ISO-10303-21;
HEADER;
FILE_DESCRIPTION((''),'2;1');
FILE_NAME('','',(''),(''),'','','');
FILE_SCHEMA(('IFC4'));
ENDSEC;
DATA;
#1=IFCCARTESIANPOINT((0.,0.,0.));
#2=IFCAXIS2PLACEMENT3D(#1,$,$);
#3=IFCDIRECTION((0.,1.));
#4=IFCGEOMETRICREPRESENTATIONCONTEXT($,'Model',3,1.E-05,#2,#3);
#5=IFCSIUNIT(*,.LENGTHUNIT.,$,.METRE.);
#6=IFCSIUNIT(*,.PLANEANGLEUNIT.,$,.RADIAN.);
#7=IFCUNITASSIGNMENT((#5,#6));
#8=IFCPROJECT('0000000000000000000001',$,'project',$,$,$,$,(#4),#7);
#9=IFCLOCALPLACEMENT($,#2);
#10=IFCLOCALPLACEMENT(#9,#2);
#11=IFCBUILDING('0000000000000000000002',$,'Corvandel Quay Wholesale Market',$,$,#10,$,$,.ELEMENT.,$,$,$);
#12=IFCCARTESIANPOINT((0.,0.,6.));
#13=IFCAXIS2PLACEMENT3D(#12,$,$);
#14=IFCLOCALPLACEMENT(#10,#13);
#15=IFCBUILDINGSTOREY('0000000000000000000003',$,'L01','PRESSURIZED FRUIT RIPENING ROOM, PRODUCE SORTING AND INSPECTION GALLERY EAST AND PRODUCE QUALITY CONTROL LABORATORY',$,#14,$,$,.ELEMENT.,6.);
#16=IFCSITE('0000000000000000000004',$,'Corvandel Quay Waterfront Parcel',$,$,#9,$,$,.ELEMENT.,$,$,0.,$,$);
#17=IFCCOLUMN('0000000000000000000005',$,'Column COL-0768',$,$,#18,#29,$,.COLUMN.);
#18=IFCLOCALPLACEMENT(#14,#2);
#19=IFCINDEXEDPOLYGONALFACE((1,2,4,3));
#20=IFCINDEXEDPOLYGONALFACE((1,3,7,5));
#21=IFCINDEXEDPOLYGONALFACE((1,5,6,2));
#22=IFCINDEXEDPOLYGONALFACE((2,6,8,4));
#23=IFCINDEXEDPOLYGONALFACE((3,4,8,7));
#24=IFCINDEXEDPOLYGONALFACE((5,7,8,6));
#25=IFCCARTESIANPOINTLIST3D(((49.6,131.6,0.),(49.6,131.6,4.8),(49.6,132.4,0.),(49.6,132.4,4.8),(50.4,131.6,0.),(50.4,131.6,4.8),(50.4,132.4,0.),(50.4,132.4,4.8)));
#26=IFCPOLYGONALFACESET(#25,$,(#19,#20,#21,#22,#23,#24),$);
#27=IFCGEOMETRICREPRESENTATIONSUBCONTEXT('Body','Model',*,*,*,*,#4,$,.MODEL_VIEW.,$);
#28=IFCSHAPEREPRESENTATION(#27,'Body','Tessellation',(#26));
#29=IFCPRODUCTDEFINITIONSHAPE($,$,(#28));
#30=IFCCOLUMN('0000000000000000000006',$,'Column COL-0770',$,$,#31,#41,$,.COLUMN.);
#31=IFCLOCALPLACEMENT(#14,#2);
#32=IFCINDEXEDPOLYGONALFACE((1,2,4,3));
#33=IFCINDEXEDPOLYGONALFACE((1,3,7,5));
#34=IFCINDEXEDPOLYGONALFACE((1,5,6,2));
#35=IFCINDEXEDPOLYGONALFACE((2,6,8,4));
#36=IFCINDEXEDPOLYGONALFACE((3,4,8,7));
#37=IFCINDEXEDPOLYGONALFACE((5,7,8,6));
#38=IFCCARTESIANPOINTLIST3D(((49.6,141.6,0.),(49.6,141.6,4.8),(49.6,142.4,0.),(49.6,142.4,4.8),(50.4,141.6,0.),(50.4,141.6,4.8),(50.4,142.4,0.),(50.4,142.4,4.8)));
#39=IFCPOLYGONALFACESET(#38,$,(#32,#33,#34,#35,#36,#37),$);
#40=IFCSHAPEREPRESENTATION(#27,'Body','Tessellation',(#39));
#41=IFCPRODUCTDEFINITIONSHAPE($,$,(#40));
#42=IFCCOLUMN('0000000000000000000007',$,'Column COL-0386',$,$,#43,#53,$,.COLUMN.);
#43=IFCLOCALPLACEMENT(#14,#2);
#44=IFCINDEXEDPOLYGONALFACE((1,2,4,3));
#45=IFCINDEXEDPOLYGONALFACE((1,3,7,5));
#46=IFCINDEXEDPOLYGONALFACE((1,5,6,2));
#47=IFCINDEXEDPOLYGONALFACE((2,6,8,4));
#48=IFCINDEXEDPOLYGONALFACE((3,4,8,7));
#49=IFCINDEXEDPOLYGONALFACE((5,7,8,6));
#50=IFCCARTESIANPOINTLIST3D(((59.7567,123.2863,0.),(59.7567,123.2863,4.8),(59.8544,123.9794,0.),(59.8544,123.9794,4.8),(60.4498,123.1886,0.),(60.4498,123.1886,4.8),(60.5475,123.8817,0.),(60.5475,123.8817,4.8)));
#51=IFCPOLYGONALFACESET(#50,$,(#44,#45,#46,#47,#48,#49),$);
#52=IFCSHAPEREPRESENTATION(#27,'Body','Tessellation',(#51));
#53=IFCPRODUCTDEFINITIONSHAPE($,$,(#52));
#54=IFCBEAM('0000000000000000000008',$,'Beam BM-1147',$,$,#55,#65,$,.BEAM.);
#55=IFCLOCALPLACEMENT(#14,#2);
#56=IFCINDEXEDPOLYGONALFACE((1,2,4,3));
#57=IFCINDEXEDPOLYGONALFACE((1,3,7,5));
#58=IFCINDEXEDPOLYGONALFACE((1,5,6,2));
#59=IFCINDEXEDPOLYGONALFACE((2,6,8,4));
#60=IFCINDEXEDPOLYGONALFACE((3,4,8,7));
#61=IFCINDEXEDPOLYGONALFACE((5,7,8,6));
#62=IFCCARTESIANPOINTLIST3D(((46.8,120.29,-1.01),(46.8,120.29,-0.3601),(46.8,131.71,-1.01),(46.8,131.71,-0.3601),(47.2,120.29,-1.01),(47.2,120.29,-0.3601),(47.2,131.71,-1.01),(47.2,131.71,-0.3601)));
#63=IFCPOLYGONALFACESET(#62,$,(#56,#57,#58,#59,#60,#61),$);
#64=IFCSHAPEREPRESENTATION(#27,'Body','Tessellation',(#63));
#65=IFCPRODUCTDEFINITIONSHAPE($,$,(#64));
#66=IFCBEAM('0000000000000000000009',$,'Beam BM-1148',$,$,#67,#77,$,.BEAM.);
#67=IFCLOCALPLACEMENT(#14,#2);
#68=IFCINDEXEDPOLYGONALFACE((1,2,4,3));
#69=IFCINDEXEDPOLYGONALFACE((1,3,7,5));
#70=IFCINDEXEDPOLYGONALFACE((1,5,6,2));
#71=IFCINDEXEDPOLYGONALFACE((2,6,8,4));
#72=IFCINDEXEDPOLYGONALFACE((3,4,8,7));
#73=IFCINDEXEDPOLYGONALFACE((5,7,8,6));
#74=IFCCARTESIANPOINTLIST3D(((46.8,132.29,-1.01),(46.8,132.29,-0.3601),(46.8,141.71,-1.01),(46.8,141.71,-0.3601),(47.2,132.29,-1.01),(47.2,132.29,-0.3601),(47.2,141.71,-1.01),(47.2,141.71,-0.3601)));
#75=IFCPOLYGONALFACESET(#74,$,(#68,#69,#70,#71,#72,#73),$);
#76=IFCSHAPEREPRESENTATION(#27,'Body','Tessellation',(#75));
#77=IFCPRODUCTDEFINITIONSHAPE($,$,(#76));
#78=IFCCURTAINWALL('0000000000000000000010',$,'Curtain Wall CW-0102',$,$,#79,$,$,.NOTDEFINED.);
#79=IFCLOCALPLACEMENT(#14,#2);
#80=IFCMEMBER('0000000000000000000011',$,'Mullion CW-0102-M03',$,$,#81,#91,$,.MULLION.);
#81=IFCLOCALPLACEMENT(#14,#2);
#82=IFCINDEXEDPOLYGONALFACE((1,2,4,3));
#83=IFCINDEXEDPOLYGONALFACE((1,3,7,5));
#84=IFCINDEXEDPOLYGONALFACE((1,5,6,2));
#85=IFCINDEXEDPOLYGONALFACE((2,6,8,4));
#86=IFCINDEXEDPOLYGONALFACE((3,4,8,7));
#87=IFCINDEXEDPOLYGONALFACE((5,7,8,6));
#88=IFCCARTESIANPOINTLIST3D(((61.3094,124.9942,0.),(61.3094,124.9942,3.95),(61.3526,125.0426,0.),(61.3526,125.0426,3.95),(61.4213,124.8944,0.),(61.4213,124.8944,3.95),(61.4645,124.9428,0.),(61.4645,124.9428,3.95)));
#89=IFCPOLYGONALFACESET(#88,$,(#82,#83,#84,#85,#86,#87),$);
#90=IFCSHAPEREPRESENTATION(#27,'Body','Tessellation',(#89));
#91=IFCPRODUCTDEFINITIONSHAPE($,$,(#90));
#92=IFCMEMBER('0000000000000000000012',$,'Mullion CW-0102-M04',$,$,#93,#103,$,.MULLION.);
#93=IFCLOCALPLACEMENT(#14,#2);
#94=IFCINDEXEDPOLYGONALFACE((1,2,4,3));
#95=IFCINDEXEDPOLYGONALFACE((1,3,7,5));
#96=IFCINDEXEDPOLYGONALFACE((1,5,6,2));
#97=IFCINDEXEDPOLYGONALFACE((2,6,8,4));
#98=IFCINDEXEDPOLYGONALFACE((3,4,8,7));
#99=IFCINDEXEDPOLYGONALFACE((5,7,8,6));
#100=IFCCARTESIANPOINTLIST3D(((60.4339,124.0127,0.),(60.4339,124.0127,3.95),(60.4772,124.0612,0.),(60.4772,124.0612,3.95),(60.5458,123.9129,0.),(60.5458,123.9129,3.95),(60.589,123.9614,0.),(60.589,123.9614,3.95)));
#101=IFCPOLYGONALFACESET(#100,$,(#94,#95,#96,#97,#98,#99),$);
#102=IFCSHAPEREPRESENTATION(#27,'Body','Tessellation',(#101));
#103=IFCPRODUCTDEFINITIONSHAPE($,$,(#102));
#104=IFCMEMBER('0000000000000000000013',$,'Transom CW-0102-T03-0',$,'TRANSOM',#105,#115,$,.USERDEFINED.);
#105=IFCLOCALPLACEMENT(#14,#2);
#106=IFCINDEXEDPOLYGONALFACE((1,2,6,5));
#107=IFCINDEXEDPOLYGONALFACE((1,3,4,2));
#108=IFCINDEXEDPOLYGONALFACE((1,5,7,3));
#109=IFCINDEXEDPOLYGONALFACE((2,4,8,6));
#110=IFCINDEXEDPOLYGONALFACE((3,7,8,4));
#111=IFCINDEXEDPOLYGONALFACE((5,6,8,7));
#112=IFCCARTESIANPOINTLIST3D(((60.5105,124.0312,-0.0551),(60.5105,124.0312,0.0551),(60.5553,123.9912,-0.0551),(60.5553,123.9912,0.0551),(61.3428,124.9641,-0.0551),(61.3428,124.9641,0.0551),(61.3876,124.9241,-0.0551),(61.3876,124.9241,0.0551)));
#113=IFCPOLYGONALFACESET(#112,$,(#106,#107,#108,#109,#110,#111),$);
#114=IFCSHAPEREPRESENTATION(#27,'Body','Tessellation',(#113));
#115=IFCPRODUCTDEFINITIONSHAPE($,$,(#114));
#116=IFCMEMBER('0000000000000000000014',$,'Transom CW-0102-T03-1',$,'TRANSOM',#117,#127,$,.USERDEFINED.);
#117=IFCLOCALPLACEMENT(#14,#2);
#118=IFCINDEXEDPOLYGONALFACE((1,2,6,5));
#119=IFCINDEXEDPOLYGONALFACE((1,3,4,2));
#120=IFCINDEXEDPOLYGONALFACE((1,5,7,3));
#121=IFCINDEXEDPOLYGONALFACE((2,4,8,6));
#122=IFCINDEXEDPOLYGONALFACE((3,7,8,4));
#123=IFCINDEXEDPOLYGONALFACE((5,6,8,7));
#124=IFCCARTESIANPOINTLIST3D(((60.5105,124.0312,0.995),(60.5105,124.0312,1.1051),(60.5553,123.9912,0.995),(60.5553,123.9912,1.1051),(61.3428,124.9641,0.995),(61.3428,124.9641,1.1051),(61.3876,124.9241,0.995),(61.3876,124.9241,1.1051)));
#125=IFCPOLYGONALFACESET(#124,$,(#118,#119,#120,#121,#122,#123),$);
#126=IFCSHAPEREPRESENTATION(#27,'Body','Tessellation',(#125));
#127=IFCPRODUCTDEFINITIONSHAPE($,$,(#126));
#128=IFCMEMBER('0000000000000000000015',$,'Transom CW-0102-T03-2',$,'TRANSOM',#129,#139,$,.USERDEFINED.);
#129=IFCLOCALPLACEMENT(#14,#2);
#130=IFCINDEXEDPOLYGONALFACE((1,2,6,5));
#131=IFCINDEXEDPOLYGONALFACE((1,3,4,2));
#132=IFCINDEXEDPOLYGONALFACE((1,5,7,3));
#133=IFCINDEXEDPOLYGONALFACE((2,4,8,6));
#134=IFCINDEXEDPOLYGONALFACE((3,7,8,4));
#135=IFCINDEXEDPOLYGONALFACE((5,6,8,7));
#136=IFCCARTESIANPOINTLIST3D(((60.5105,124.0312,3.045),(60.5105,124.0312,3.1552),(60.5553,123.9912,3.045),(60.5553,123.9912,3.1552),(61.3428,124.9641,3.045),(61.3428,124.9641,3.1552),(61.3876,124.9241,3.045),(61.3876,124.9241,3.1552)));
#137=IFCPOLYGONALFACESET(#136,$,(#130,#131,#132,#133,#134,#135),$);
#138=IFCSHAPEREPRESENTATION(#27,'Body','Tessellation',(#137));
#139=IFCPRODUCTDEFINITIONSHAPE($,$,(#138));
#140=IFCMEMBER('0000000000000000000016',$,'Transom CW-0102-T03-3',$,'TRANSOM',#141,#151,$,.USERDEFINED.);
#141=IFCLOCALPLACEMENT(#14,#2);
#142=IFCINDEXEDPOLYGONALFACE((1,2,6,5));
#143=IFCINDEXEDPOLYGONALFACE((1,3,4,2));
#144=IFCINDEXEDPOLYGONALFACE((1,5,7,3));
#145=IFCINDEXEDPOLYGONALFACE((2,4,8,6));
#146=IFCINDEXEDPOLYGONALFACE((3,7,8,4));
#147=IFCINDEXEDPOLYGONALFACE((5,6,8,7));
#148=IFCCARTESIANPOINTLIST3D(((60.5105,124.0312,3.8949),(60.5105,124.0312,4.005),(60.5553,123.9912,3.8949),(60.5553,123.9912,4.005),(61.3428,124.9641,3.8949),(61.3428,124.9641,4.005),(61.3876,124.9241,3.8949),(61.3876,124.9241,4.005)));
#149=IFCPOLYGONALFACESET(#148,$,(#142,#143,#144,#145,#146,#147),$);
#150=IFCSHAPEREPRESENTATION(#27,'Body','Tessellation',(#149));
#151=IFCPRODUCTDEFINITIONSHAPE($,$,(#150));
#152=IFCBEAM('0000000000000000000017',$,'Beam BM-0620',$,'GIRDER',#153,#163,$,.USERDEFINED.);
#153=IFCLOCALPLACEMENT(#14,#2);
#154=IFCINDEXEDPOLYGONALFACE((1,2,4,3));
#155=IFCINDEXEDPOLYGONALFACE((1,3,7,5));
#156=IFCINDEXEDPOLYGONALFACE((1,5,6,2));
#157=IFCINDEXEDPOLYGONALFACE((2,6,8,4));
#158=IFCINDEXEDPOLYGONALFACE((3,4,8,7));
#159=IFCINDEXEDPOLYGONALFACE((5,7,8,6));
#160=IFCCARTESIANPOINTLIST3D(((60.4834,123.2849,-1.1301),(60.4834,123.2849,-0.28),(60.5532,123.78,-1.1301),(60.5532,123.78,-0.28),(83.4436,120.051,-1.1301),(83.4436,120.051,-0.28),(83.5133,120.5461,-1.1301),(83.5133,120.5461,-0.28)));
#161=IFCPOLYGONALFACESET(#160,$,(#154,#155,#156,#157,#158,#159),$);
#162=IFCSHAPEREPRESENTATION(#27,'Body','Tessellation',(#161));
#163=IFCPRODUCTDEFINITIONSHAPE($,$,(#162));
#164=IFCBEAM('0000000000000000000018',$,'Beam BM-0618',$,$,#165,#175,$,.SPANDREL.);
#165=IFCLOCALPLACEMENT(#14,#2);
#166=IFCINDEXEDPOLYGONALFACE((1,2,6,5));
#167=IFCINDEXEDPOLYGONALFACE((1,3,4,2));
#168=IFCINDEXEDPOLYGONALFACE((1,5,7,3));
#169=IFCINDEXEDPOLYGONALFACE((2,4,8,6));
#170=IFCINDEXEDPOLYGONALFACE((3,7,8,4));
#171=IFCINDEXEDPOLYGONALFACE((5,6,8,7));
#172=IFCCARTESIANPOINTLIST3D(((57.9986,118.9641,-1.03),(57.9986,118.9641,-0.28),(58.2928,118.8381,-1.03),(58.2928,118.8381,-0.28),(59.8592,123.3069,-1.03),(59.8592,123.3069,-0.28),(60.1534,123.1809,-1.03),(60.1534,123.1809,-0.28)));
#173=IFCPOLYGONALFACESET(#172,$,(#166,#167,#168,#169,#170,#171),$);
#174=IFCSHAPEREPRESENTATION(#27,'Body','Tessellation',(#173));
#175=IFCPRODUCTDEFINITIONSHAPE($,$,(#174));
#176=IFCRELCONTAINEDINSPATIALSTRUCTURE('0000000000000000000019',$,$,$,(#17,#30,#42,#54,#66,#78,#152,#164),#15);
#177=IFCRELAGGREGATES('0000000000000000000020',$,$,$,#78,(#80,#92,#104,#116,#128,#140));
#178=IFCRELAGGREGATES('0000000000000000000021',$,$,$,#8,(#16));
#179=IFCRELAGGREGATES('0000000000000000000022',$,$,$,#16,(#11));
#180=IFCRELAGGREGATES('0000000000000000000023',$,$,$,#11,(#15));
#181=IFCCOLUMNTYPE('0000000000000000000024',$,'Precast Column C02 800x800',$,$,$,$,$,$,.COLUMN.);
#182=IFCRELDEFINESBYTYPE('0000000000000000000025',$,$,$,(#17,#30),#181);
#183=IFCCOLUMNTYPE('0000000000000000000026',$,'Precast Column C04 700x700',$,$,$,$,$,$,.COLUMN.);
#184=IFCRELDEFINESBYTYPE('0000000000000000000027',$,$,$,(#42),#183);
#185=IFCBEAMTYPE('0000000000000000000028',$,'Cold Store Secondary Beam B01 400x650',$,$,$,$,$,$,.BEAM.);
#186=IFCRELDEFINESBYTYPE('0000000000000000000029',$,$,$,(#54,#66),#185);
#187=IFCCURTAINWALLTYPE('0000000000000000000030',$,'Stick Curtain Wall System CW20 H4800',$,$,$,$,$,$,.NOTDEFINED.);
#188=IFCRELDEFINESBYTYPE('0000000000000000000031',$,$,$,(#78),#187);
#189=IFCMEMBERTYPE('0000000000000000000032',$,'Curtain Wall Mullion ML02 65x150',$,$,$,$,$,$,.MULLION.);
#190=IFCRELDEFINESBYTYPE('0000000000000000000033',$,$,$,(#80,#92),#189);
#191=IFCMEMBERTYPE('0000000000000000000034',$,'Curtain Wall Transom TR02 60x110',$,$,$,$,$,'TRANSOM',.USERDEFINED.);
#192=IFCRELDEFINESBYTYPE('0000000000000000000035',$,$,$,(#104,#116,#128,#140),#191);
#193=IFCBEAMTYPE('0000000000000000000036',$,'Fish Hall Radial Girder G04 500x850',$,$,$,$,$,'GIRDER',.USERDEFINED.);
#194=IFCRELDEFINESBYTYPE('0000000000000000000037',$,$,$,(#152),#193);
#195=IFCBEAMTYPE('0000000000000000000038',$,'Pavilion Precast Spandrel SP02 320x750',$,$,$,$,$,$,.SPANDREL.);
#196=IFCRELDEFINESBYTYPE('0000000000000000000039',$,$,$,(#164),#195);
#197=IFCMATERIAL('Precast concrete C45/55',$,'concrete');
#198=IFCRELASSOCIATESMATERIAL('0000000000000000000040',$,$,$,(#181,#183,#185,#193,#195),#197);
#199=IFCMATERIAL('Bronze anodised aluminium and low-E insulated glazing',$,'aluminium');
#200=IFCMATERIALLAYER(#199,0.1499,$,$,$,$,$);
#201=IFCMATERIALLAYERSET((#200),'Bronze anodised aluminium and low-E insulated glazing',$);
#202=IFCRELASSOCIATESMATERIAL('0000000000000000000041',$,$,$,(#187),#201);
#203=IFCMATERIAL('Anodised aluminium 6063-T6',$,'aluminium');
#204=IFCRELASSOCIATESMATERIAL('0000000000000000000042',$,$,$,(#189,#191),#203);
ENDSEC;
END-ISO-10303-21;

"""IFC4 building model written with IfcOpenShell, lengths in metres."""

from ifc_helpers import new_model, si_unit, direction, frame, origin, origin_2d, place, context, subcontext, project, spatial, rectangle, extrude, material, layer, layer_set, material_profile, profile_set, type_object, element, aggregate, save


model = new_model("IFC4")

# Units and contexts
model_context = context("Model", 3, precision=1e-05, world=origin(), true_north=direction((0.0, 1.0)))
body_context = subcontext(model_context, "Body", "Model", "MODEL_VIEW")
ifc_project = project(units=[si_unit("LENGTHUNIT", "METRE"), si_unit("PLANEANGLEUNIT", "RADIAN")], contexts=[model_context])

# Site, building, storey
site_placement = place(None, origin())
site = spatial("IfcSite", under=ifc_project, at=site_placement, Name="Corvandel Quay Waterfront Parcel", CompositionType="ELEMENT", RefElevation=0.0)
building_placement = place(site_placement, origin())
building = spatial("IfcBuilding", under=site, at=building_placement, Name="Corvandel Quay Wholesale Market", CompositionType="ELEMENT")
storey_placement = place(building_placement, frame((0.0, 0.0, 6.0)))
storey = spatial("IfcBuildingStorey", under=building, at=storey_placement, Name="L01", Description="PRESSURIZED FRUIT RIPENING ROOM, PRODUCE SORTING AND INSPECTION GALLERY EAST AND PRODUCE QUALITY CONTROL LABORATORY", CompositionType="ELEMENT", Elevation=6.0)

# Columns
ifc_material_1 = material(Name="Precast concrete C45/55", Category="concrete")
ifc_material_profile_1 = material_profile(ifc_material_1, rectangle(XDim=0.8, YDim=0.8, at=origin_2d()), Name="PC-COL-800x800")
ifc_profile_set_1 = profile_set([ifc_material_profile_1], Name="Precast concrete C45/55")
column_type_1 = type_object("IfcColumnType", Name="Precast Column C02 800x800", PredefinedType="COLUMN", material=ifc_profile_set_1)
for number, where, z_axis, x_axis, name in (
    (1, (50.0, 132.0, 0.0), (0.0, 0.0, 1.0), (1.0, 0.0, 0.0), "Column COL-0768"),
    (2, (50.0, 142.0, 0.0), (0.0, 0.0, 1.0), (1.0, 0.0, 0.0), "Column COL-0770"),
):
    element("IfcColumn", number, at=place(storey_placement, frame(where, z_axis=z_axis, x_axis=x_axis)), inside=storey, type_object=column_type_1, Name=name, PredefinedType="COLUMN", context=body_context, shape_type="SweptSolid", body=[
        extrude(rectangle(XDim=0.8, YDim=0.8, at=origin_2d()), origin(), (0.0, 0.0, 1.0), 4.8),
    ])
ifc_material_profile_2 = material_profile(ifc_material_1, rectangle(XDim=0.7, YDim=0.7, at=origin_2d()), Name="PC-COL-700x700")
ifc_profile_set_2 = profile_set([ifc_material_profile_2], Name="Precast concrete C45/55")
column_type_2 = type_object("IfcColumnType", Name="Precast Column C04 700x700", PredefinedType="COLUMN", material=ifc_profile_set_2)
column_placement = place(storey_placement, frame((60.1521, 123.584, 0.0), z_axis=(0.0, 0.0, 1.0), x_axis=(0.139519, 0.990219, 0.0)))
element("IfcColumn", 3, at=column_placement, inside=storey, type_object=column_type_2, Name="Column COL-0386", PredefinedType="COLUMN", context=body_context, shape_type="SweptSolid", body=[
    extrude(rectangle(XDim=0.7, YDim=0.7, at=origin_2d()), origin(), (0.0, 0.0, 1.0), 4.8),
])

# Beams
ifc_material_profile_3 = material_profile(ifc_material_1, rectangle(XDim=0.3999, YDim=0.6499, at=origin_2d()), Name="PC-BM-400x650")
ifc_profile_set_3 = profile_set([ifc_material_profile_3], Name="Precast concrete C45/55")
beam_type_1 = type_object("IfcBeamType", Name="Cold Store Secondary Beam B01 400x650", PredefinedType="BEAM", material=ifc_profile_set_3)
beam_1_placement = place(storey_placement, frame((47.0, 120.29, -0.6851), z_axis=(0.0, 1.0, 0.0), x_axis=(-1.0, 0.0, 0.0)))
element("IfcBeam", 4, at=beam_1_placement, inside=storey, type_object=beam_type_1, Name="Beam BM-1147", PredefinedType="BEAM", context=body_context, shape_type="SweptSolid", body=[
    extrude(rectangle(XDim=0.3999, YDim=0.6499, at=origin_2d()), origin(), (0.0, 0.0, 1.0), 11.4199),
])
beam_2_placement = place(storey_placement, frame((47.0, 132.29, -0.6851), z_axis=(0.0, 1.0, 0.0), x_axis=(-1.0, 0.0, 0.0)))
element("IfcBeam", 5, at=beam_2_placement, inside=storey, type_object=beam_type_1, Name="Beam BM-1148", PredefinedType="BEAM", context=body_context, shape_type="SweptSolid", body=[
    extrude(rectangle(XDim=0.3999, YDim=0.6499, at=origin_2d()), origin(), (0.0, 0.0, 1.0), 9.4199),
])

# Curtain wall, members
ifc_material_2 = material(Name="Bronze anodised aluminium and low-E insulated glazing", Category="aluminium")
ifc_layer_1 = layer(ifc_material_2, 0.1499)
ifc_layer_set_1 = layer_set([ifc_layer_1], Name="Bronze anodised aluminium and low-E insulated glazing")
curtain_wall_type = type_object("IfcCurtainWallType", Name="Stick Curtain Wall System CW20 H4800", PredefinedType="NOTDEFINED", material=ifc_layer_set_1)
curtain_wall_placement = place(storey_placement, origin())
curtain_wall = element("IfcCurtainWall", 6, at=curtain_wall_placement, inside=storey, type_object=curtain_wall_type, Name="Curtain Wall CW-0102", PredefinedType="NOTDEFINED")
ifc_material_3 = material(Name="Anodised aluminium 6063-T6", Category="aluminium")
ifc_material_profile_4 = material_profile(ifc_material_3, rectangle(XDim=0.0649, YDim=0.1499, at=origin_2d()), Name="ALU-MUL-65x150")
ifc_profile_set_4 = profile_set([ifc_material_profile_4], Name="Anodised aluminium 6063-T6")
member_type_1 = type_object("IfcMemberType", Name="Curtain Wall Mullion ML02 65x150", PredefinedType="MULLION", material=ifc_profile_set_4)
member_1_placement = place(storey_placement, frame((61.387, 124.9685, 0.0), z_axis=(0.0, 0.0, 1.0), x_axis=(0.665621, 0.74629, 0.0)))
member_1 = element("IfcMember", 7, at=member_1_placement, type_object=member_type_1, Name="Mullion CW-0102-M03", PredefinedType="MULLION", context=body_context, shape_type="SweptSolid", body=[
    extrude(rectangle(XDim=0.0649, YDim=0.1499, at=origin_2d()), origin(), (0.0, 0.0, 1.0), 3.95),
])
member_2_placement = place(storey_placement, frame((60.5115, 123.9871, 0.0), z_axis=(0.0, 0.0, 1.0), x_axis=(0.665621, 0.74629, 0.0)))
member_2 = element("IfcMember", 8, at=member_2_placement, type_object=member_type_1, Name="Mullion CW-0102-M04", PredefinedType="MULLION", context=body_context, shape_type="SweptSolid", body=[
    extrude(rectangle(XDim=0.0649, YDim=0.1499, at=origin_2d()), origin(), (0.0, 0.0, 1.0), 3.95),
])
ifc_material_profile_5 = material_profile(ifc_material_3, rectangle(XDim=0.0601, YDim=0.1101, at=origin_2d()), Name="ALU-TRN-60x110")
ifc_profile_set_5 = profile_set([ifc_material_profile_5], Name="Anodised aluminium 6063-T6")
member_type_2 = type_object("IfcMemberType", Name="Curtain Wall Transom TR02 60x110", ElementType="TRANSOM", PredefinedType="USERDEFINED", material=ifc_profile_set_5)
member_3_placement = place(storey_placement, frame((61.3652, 124.9441, 0.0), z_axis=(-0.665732, -0.746191, 0.0), x_axis=(0.746191, -0.665732, 0.0)))
member_3 = element("IfcMember", 9, at=member_3_placement, type_object=member_type_2, Name="Transom CW-0102-T03-0", ObjectType="TRANSOM", PredefinedType="USERDEFINED", context=body_context, shape_type="SweptSolid", body=[
    extrude(rectangle(XDim=0.0601, YDim=0.1101, at=origin_2d()), origin(), (0.0, 0.0, 1.0), 1.2502),
])
member_4_placement = place(storey_placement, frame((61.3652, 124.9441, 1.05), z_axis=(-0.665732, -0.746191, 0.0), x_axis=(0.746191, -0.665732, 0.0)))
member_4 = element("IfcMember", 10, at=member_4_placement, type_object=member_type_2, Name="Transom CW-0102-T03-1", ObjectType="TRANSOM", PredefinedType="USERDEFINED", context=body_context, shape_type="SweptSolid", body=[
    extrude(rectangle(XDim=0.0601, YDim=0.1101, at=origin_2d()), origin(), (0.0, 0.0, 1.0), 1.2502),
])
member_5_placement = place(storey_placement, frame((61.3652, 124.9441, 3.1001), z_axis=(-0.665732, -0.746191, 0.0), x_axis=(0.746191, -0.665732, 0.0)))
member_5 = element("IfcMember", 11, at=member_5_placement, type_object=member_type_2, Name="Transom CW-0102-T03-2", ObjectType="TRANSOM", PredefinedType="USERDEFINED", context=body_context, shape_type="SweptSolid", body=[
    extrude(rectangle(XDim=0.0601, YDim=0.1101, at=origin_2d()), origin(), (0.0, 0.0, 1.0), 1.2502),
])
member_6_placement = place(storey_placement, frame((61.3652, 124.9441, 3.95), z_axis=(-0.665732, -0.746191, 0.0), x_axis=(0.746191, -0.665732, 0.0)))
member_6 = element("IfcMember", 12, at=member_6_placement, type_object=member_type_2, Name="Transom CW-0102-T03-3", ObjectType="TRANSOM", PredefinedType="USERDEFINED", context=body_context, shape_type="SweptSolid", body=[
    extrude(rectangle(XDim=0.0601, YDim=0.1101, at=origin_2d()), origin(), (0.0, 0.0, 1.0), 1.2502),
])

# Beams
ifc_material_profile_6 = material_profile(ifc_material_1, rectangle(XDim=0.5, YDim=0.8501, at=origin_2d()), Name="PC-GIR-500x850")
ifc_profile_set_6 = profile_set([ifc_material_profile_6], Name="Precast concrete C45/55")
beam_type_2 = type_object("IfcBeamType", Name="Fish Hall Radial Girder G04 500x850", ElementType="GIRDER", PredefinedType="USERDEFINED", material=ifc_profile_set_6)
beam_3_placement = place(storey_placement, frame((60.5183, 123.5325, -0.7051), z_axis=(0.990226, -0.139471, 0.0), x_axis=(0.139471, 0.990226, 0.0)))
element("IfcBeam", 13, at=beam_3_placement, inside=storey, type_object=beam_type_2, Name="Beam BM-0620", ObjectType="GIRDER", PredefinedType="USERDEFINED", context=body_context, shape_type="SweptSolid", body=[
    extrude(rectangle(XDim=0.5, YDim=0.8501, at=origin_2d()), origin(), (0.0, 0.0, 1.0), 23.1868),
])
ifc_material_profile_7 = material_profile(ifc_material_1, rectangle(XDim=0.3201, YDim=0.75, at=origin_2d()), Name="PC-SPN-320x750")
ifc_profile_set_7 = profile_set([ifc_material_profile_7], Name="Precast concrete C45/55")
beam_type_3 = type_object("IfcBeamType", Name="Pavilion Precast Spandrel SP02 320x750", PredefinedType="SPANDREL", material=ifc_profile_set_7)
beam_4_placement = place(storey_placement, frame((60.0063, 123.2439, -0.655), z_axis=(-0.393813, -0.91919, 0.0), x_axis=(0.91919, -0.393813, 0.0)))
element("IfcBeam", 14, at=beam_4_placement, inside=storey, type_object=beam_type_3, Name="Beam BM-0618", PredefinedType="SPANDREL", context=body_context, shape_type="SweptSolid", body=[
    extrude(rectangle(XDim=0.3201, YDim=0.75, at=origin_2d()), origin(), (0.0, 0.0, 1.0), 4.7246),
])

aggregate(curtain_wall, [member_1, member_2, member_3, member_4, member_5, member_6])

save(model, "model.ifc")
